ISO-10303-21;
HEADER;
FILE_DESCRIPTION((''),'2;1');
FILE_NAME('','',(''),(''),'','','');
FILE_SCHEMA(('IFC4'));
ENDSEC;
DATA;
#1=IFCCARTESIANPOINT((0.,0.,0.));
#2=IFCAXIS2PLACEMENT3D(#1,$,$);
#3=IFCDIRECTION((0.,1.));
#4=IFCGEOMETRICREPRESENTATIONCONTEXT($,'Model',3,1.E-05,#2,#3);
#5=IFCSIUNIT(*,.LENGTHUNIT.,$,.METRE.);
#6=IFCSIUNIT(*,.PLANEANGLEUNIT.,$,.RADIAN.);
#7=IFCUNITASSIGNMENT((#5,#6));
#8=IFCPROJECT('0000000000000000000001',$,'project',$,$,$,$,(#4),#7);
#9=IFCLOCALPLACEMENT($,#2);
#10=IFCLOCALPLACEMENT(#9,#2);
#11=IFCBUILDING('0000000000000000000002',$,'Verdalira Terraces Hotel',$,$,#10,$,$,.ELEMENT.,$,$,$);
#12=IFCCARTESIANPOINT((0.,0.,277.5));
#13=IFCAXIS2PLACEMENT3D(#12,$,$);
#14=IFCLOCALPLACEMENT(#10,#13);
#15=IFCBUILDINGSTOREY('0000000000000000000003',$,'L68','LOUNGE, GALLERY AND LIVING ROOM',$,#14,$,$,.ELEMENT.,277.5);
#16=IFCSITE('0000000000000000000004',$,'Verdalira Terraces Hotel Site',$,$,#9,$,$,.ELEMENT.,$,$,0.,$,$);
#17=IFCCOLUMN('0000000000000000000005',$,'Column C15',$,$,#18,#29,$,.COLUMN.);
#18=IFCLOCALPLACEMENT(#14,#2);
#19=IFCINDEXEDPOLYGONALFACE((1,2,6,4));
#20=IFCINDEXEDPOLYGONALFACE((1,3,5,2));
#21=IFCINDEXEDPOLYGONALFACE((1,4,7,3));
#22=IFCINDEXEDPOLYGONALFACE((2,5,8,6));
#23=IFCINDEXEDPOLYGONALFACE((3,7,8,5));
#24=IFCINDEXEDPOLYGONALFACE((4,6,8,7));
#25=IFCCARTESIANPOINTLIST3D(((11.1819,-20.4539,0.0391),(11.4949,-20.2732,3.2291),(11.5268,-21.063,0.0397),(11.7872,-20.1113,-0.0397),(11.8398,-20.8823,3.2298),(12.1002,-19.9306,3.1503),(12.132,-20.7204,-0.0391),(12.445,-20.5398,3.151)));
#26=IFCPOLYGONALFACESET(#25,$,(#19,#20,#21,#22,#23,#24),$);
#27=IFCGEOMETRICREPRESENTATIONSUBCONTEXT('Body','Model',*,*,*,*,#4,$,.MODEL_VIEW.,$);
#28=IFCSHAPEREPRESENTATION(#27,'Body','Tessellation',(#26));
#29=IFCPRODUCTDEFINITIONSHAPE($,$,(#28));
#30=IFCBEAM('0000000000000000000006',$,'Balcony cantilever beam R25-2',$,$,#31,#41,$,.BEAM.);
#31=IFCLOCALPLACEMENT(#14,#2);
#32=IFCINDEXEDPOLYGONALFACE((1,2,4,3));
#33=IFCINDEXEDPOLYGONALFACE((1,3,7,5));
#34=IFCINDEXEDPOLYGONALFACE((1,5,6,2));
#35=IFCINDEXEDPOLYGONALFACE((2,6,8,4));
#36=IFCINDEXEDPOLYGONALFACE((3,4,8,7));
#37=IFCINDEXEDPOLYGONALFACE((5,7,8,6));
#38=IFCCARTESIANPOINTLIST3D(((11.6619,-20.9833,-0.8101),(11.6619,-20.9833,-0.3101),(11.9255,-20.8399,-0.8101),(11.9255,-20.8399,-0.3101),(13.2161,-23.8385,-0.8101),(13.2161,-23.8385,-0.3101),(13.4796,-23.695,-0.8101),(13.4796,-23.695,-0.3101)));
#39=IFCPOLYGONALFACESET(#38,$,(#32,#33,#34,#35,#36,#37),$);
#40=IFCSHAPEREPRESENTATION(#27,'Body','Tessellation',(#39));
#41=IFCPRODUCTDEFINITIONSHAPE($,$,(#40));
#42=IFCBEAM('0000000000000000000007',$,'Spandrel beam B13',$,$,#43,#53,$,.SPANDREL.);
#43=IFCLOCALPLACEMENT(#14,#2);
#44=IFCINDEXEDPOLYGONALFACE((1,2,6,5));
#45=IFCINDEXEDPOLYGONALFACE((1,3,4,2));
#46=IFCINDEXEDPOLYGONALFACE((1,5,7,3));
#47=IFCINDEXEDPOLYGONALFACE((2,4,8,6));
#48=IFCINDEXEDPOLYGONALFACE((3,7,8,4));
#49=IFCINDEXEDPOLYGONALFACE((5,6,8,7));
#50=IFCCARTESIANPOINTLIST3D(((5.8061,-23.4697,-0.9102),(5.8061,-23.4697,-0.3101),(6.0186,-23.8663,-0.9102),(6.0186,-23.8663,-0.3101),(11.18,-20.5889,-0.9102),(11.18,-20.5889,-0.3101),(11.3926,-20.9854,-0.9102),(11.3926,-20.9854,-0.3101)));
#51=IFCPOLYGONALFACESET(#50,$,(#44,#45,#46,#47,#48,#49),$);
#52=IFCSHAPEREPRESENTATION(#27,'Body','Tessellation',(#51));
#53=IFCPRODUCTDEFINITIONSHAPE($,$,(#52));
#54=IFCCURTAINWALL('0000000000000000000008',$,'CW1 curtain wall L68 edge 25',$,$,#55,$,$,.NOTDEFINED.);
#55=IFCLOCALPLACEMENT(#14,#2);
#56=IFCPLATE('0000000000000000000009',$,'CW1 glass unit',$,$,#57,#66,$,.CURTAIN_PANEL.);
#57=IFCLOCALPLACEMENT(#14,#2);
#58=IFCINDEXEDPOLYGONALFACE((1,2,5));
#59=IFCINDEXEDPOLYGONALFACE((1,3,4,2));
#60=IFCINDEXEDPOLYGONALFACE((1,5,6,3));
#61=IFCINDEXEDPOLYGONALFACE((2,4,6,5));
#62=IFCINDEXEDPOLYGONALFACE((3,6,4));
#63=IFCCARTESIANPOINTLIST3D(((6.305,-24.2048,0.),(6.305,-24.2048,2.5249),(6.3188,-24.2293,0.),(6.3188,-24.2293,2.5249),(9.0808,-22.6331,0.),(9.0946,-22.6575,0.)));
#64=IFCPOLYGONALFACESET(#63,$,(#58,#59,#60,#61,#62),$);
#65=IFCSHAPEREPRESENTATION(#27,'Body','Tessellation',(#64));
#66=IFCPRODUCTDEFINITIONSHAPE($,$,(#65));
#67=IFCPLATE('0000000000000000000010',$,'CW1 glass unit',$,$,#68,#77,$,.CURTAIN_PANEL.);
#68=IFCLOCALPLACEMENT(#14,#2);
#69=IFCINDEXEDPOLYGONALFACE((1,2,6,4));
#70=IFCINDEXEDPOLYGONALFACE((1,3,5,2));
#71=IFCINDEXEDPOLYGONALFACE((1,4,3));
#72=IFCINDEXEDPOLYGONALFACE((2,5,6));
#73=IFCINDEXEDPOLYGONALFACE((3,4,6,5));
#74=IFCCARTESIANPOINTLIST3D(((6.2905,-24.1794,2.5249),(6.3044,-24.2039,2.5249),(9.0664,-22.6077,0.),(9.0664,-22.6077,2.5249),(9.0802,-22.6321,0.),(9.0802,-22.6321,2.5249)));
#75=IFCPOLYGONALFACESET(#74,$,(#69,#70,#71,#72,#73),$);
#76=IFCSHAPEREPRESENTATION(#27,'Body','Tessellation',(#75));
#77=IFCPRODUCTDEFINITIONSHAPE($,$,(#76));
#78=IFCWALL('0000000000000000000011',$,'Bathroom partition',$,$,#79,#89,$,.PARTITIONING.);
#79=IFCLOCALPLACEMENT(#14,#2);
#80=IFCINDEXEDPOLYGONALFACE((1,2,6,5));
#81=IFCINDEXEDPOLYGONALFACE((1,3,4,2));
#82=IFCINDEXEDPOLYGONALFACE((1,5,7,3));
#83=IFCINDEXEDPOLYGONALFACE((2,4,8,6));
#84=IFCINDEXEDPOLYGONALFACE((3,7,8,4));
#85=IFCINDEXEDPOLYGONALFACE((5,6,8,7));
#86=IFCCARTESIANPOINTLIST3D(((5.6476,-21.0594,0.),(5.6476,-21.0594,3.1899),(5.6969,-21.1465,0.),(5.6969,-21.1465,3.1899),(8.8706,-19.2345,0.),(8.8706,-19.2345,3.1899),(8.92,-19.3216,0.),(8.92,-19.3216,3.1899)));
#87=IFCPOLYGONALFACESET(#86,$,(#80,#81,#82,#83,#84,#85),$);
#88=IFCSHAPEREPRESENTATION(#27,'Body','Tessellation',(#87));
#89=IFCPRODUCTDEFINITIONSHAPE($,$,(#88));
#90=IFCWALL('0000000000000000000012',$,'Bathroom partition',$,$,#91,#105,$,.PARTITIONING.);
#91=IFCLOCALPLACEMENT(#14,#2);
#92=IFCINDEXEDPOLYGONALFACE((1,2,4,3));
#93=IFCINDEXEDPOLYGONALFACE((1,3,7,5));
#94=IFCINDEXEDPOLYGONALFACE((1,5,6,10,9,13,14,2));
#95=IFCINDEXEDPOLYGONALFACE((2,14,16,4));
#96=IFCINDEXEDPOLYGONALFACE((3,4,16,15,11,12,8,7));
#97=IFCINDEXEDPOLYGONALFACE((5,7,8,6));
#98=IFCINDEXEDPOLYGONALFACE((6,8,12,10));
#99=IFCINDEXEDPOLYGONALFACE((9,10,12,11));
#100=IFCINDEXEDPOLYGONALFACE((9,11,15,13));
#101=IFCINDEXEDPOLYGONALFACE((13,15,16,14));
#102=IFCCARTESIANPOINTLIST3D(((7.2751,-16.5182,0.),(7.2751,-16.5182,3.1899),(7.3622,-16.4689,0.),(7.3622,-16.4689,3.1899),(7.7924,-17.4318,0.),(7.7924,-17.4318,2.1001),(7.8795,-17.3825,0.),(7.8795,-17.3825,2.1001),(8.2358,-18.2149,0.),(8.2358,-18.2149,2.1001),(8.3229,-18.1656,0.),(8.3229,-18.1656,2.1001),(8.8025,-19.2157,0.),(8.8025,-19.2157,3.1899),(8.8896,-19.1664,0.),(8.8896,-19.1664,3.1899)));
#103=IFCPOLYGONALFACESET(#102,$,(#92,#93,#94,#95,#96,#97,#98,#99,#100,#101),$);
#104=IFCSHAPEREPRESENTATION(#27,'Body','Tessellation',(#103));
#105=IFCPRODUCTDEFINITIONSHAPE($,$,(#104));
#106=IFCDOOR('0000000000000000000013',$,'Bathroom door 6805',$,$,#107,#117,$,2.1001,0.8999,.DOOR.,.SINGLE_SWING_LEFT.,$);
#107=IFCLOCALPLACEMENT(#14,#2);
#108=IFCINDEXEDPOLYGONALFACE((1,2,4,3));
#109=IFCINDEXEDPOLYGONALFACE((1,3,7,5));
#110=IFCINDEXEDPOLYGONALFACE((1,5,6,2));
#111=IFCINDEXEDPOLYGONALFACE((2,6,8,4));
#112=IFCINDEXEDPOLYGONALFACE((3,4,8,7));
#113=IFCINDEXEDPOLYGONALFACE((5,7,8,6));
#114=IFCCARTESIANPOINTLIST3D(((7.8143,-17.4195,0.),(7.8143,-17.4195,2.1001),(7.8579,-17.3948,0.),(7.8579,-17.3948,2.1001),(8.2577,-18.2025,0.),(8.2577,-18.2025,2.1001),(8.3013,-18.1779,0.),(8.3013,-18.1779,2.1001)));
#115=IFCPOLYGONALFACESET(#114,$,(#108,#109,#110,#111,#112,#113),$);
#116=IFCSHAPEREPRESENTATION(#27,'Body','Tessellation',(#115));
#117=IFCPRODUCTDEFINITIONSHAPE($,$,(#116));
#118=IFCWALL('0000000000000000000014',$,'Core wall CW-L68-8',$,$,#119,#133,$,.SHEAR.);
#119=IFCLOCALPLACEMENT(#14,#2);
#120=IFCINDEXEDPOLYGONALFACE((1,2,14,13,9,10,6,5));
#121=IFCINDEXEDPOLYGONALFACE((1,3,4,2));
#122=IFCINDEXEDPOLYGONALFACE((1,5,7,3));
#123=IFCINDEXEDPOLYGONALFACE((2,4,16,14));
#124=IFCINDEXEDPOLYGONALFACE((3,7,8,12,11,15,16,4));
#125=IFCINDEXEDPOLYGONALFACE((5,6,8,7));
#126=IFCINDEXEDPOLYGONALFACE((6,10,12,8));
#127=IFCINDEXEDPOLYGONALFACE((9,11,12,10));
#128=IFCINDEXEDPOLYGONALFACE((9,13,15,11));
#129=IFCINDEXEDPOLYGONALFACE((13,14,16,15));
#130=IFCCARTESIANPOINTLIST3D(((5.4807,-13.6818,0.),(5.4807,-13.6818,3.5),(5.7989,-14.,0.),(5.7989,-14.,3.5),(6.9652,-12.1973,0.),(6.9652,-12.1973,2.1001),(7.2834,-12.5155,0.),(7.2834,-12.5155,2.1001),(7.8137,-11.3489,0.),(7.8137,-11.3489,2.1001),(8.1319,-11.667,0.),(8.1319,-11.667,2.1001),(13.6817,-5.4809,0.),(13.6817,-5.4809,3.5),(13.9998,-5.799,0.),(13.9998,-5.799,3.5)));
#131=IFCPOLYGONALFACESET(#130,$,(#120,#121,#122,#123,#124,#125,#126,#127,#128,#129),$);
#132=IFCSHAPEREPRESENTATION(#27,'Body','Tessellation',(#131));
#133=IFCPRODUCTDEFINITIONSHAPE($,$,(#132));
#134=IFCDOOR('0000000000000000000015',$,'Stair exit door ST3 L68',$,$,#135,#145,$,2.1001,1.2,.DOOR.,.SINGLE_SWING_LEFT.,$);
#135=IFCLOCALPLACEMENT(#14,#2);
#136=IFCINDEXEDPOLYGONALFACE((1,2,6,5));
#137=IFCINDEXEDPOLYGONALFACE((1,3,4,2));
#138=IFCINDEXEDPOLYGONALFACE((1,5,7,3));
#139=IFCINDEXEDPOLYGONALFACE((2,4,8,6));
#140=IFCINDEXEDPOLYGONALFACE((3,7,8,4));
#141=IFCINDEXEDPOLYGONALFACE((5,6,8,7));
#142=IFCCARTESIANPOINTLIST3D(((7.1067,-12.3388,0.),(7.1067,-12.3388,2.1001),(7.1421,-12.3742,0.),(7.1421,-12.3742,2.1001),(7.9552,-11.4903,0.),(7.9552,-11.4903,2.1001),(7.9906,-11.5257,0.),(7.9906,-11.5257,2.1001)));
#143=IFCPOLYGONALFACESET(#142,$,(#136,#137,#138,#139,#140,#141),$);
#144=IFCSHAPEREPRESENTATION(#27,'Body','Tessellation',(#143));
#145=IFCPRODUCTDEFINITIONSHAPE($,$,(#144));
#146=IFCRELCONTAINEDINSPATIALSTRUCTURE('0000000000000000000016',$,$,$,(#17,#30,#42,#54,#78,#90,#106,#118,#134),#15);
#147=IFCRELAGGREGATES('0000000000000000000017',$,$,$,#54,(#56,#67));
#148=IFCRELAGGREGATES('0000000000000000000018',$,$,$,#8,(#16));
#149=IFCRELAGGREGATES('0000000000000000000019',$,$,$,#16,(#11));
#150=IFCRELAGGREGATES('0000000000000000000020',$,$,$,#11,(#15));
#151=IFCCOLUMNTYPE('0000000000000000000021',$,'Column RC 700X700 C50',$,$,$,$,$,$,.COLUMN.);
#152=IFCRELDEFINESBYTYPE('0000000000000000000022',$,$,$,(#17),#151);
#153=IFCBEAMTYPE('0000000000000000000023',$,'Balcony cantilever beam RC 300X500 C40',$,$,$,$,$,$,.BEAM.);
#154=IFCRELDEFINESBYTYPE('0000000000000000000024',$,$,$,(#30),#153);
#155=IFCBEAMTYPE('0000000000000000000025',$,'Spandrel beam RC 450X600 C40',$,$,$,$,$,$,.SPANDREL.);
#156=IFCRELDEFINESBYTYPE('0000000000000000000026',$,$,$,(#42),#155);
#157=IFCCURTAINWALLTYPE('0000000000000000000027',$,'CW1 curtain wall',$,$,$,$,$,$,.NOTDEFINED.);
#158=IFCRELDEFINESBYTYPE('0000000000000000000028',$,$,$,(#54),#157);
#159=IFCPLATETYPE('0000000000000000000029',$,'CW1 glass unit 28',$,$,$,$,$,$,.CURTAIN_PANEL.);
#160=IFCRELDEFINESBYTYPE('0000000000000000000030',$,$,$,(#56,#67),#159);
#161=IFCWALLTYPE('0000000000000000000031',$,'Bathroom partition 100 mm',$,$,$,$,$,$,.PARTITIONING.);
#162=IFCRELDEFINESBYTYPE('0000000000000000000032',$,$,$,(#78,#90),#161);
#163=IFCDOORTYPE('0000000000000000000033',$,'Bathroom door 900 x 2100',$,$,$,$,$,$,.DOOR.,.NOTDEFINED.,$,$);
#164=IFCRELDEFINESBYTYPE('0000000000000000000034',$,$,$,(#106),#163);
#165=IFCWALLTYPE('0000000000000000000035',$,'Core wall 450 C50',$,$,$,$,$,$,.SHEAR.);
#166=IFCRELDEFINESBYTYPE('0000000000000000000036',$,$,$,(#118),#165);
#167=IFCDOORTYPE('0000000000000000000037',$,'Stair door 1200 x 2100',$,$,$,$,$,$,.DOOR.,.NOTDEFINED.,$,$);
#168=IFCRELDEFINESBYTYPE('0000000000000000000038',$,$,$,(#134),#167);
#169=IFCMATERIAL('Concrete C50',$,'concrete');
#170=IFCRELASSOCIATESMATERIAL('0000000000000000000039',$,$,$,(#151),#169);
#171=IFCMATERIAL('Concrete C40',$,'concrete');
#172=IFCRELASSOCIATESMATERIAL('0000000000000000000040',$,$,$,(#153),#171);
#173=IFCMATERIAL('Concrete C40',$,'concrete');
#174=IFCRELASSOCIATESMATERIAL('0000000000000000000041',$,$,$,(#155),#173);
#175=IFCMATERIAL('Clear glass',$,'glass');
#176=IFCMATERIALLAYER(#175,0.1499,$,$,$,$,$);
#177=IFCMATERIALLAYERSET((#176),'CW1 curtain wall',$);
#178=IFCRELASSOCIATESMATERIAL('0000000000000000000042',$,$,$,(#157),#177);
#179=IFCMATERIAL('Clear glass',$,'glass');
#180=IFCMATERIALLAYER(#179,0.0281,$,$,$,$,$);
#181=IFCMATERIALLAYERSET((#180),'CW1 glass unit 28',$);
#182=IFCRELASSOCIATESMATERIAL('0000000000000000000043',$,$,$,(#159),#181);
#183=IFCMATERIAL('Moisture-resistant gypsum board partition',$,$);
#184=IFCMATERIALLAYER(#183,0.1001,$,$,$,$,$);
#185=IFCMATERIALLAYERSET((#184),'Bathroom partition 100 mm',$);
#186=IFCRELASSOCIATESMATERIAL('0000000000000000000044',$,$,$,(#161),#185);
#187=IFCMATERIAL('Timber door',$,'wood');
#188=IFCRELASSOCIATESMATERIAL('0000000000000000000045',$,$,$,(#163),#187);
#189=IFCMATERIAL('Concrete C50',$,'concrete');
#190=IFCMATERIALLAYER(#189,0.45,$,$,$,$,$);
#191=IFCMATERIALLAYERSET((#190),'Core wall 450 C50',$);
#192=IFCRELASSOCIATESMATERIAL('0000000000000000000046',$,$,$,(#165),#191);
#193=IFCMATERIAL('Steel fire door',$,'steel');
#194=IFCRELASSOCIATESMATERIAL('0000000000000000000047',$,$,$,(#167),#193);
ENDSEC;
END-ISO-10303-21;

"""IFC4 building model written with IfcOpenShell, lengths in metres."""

from ifc_helpers import new_model, si_unit, direction, frame, frame_2d, origin, origin_2d, place, context, subcontext, project, spatial, polyline, rectangle, outline, extrude, material, layer, layer_set, material_profile, profile_set, type_object, element, fill, aggregate, save


model = new_model("IFC4")

# Units and contexts
model_context = context("Model", 3, precision=1e-05, world=origin(), true_north=direction((0.0, 1.0)))
body_context = subcontext(model_context, "Body", "Model", "MODEL_VIEW")
ifc_project = project(units=[si_unit("LENGTHUNIT", "METRE"), si_unit("PLANEANGLEUNIT", "RADIAN")], contexts=[model_context])

# Site, building, storey
site_placement = place(None, origin())
site = spatial("IfcSite", under=ifc_project, at=site_placement, Name="Verdalira Terraces Hotel Site", CompositionType="ELEMENT", RefElevation=0.0)
building_placement = place(site_placement, origin())
building = spatial("IfcBuilding", under=site, at=building_placement, Name="Verdalira Terraces Hotel", CompositionType="ELEMENT")
storey_placement = place(building_placement, frame((0.0, 0.0, 277.5)))
storey = spatial("IfcBuildingStorey", under=building, at=storey_placement, Name="L68", Description="LOUNGE, GALLERY AND LIVING ROOM", CompositionType="ELEMENT", Elevation=277.5)

# Column
ifc_material_1 = material(Name="Concrete C50", Category="concrete")
ifc_material_profile_1 = material_profile(ifc_material_1, rectangle(XDim=0.7, YDim=0.7, at=origin_2d()), Name="RC 700X700")
ifc_profile_set_1 = profile_set([ifc_material_profile_1], Name="Concrete C50")
column_type = type_object("IfcColumnType", Name="Column RC 700X700 C50", PredefinedType="COLUMN", material=ifc_profile_set_1)
column_placement = place(storey_placement, frame((11.657, -20.5872, 0.0), z_axis=(0.097494, 0.056276, 0.993644), x_axis=(0.864753, 0.48942, -0.112566)))
element("IfcColumn", 1, at=column_placement, inside=storey, type_object=column_type, Name="Column C15", PredefinedType="COLUMN", context=body_context, shape_type="SweptSolid", body=[
    extrude(rectangle(XDim=0.7, YDim=0.7, at=origin_2d()), origin(), (0.0, 0.0, 1.0), 3.2104),
])

# Beams
ifc_material_2 = material(Name="Concrete C40", Category="concrete")
ifc_material_profile_2 = material_profile(ifc_material_2, rectangle(XDim=0.3, YDim=0.5, at=origin_2d()), Name="RC 300X500")
ifc_profile_set_2 = profile_set([ifc_material_profile_2], Name="Concrete C40")
beam_type_1 = type_object("IfcBeamType", Name="Balcony cantilever beam RC 300X500 C40", PredefinedType="BEAM", material=ifc_profile_set_2)
beam_1_placement = place(storey_placement, frame((11.7937, -20.9116, -0.5601), z_axis=(0.478094, -0.878309, 0.0), x_axis=(0.878309, 0.478094, 0.0)))
element("IfcBeam", 2, at=beam_1_placement, inside=storey, type_object=beam_type_1, Name="Balcony cantilever beam R25-2", PredefinedType="BEAM", context=body_context, shape_type="SweptSolid", body=[
    extrude(rectangle(XDim=0.3, YDim=0.5, at=origin_2d()), origin(), (0.0, 0.0, 1.0), 3.2507),
])
ifc_material_3 = material(Name="Concrete C40", Category="concrete")
ifc_material_profile_3 = material_profile(ifc_material_3, rectangle(XDim=0.45, YDim=0.6001, at=origin_2d()), Name="RC 450X600")
ifc_profile_set_3 = profile_set([ifc_material_profile_3], Name="Concrete C40")
beam_type_2 = type_object("IfcBeamType", Name="Spandrel beam RC 450X600 C40", PredefinedType="SPANDREL", material=ifc_profile_set_3)
beam_2_placement = place(storey_placement, frame((5.9124, -23.668, -0.6101), z_axis=(0.881349, 0.472466, 0.0), x_axis=(-0.472466, 0.881349, 0.0)))
element("IfcBeam", 3, at=beam_2_placement, inside=storey, type_object=beam_type_2, Name="Spandrel beam B13", PredefinedType="SPANDREL", context=body_context, shape_type="SweptSolid", body=[
    extrude(rectangle(XDim=0.45, YDim=0.6001, at=origin_2d()), origin(), (0.0, 0.0, 1.0), 6.0974),
])

# Curtain wall, plates
ifc_material_4 = material(Name="Clear glass", Category="glass")
ifc_layer_1 = layer(ifc_material_4, 0.1499)
ifc_layer_set_1 = layer_set([ifc_layer_1], Name="CW1 curtain wall")
curtain_wall_type = type_object("IfcCurtainWallType", Name="CW1 curtain wall", PredefinedType="NOTDEFINED", material=ifc_layer_set_1)
curtain_wall_placement = place(storey_placement, origin())
curtain_wall = element("IfcCurtainWall", 4, at=curtain_wall_placement, inside=storey, type_object=curtain_wall_type, Name="CW1 curtain wall L68 edge 25", PredefinedType="NOTDEFINED")
ifc_material_5 = material(Name="Clear glass", Category="glass")
ifc_layer_2 = layer(ifc_material_5, 0.0281)
ifc_layer_set_2 = layer_set([ifc_layer_2], Name="CW1 glass unit 28")
plate_type = type_object("IfcPlateType", Name="CW1 glass unit 28", PredefinedType="CURTAIN_PANEL", material=ifc_layer_set_2)
plate_1_placement = place(storey_placement, frame((7.6929, -23.4189, 1.2625), z_axis=(0.492727, -0.870184, 0.0), x_axis=(0.870184, 0.492727, 0.0)))
plate_1 = element("IfcPlate", 5, at=plate_1_placement, type_object=plate_type, Name="CW1 glass unit", PredefinedType="CURTAIN_PANEL", context=body_context, shape_type="SweptSolid", body=[
    extrude(outline(polyline([(-1.595, -1.2625), (1.595, -1.2625), (-1.595, 1.2625), (-1.595, -1.2625)])), origin(), (0.0, 0.0, 1.0), 0.0281),
])
plate_2_placement = place(storey_placement, frame((7.6785, -23.3936, 1.2625), z_axis=(0.492727, -0.870184, 0.0), x_axis=(0.870184, 0.492727, 0.0)))
plate_2 = element("IfcPlate", 6, at=plate_2_placement, type_object=plate_type, Name="CW1 glass unit", PredefinedType="CURTAIN_PANEL", context=body_context, shape_type="SweptSolid", body=[
    extrude(outline(polyline([(1.595, -1.2625), (1.595, 1.2625), (-1.595, 1.2625), (1.595, -1.2625)])), origin(), (0.0, 0.0, 1.0), 0.0281),
])
aggregate(curtain_wall, [plate_1, plate_2])

# Wall
ifc_material_6 = material(Name="Moisture-resistant gypsum board partition")
ifc_layer_3 = layer(ifc_material_6, 0.1001)
ifc_layer_set_3 = layer_set([ifc_layer_3], Name="Bathroom partition 100 mm")
wall_type_1 = type_object("IfcWallType", Name="Bathroom partition 100 mm", PredefinedType="PARTITIONING", material=ifc_layer_set_3)
wall_1_placement = place(storey_placement, frame((5.6721, -21.103, 0.0), z_axis=(0.0, 0.0, 1.0), x_axis=(0.870196, 0.492707, 0.0)))
element("IfcWall", 7, at=wall_1_placement, inside=storey, type_object=wall_type_1, Name="Bathroom partition", PredefinedType="PARTITIONING", context=body_context, shape_type="SweptSolid", body=[
    extrude(rectangle(XDim=3.7039, YDim=0.1001, at=frame_2d((1.8521, 0.0))), origin(), (0.0, 0.0, 1.0), 3.1899),
])

# Walls, openings, doors
wall_2_placement = place(storey_placement, frame((8.8459, -19.1909, 0.0), z_axis=(0.0, 0.0, 1.0), x_axis=(-0.492709, 0.870194, 0.0)))
wall_2 = element("IfcWall", 8, at=wall_2_placement, inside=storey, type_object=wall_type_1, Name="Bathroom partition", PredefinedType="PARTITIONING", context=body_context, shape_type="SweptSolid", body=[
    extrude(rectangle(XDim=3.0999, YDim=0.1001, at=frame_2d((1.5498, 0.0))), origin(), (0.0, 0.0, 1.0), 3.1899),
])
opening_1_placement = place(wall_2_placement, frame((1.1499, 0.0, 0.0)))
opening_1 = element("IfcOpeningElement", 9, at=opening_1_placement, cuts=wall_2, PredefinedType="OPENING", context=body_context, shape_type="SweptSolid", body=[
    extrude(rectangle(XDim=0.8999, YDim=2.1001, at=frame_2d((0.45, 1.05))), frame((0.0, 0.0601, 0.0), z_axis=(0.0, -1.0, 0.0), x_axis=(1.0, 0.0, 0.0)), (0.0, 0.0, 1.0), 0.1201),
])
ifc_material_7 = material(Name="Timber door", Category="wood")
door_type_1 = type_object("IfcDoorType", Name="Bathroom door 900 x 2100", OperationType="NOTDEFINED", PredefinedType="DOOR", material=ifc_material_7)
door_1_placement = place(opening_1_placement, origin())
door_1 = element("IfcDoor", 10, at=door_1_placement, inside=storey, type_object=door_type_1, Name="Bathroom door 6805", OperationType="SINGLE_SWING_LEFT", OverallHeight=2.1001, OverallWidth=0.8999, PredefinedType="DOOR", context=body_context, shape_type="SweptSolid", body=[
    extrude(rectangle(XDim=0.8999, YDim=2.1001, at=frame_2d((0.45, 1.05))), frame((0.0, 0.0249, 0.0), z_axis=(0.0, -1.0, 0.0), x_axis=(1.0, 0.0, 0.0)), (0.0, 0.0, 1.0), 0.05),
])
fill(opening_1, door_1)
ifc_material_8 = material(Name="Concrete C50", Category="concrete")
ifc_layer_4 = layer(ifc_material_8, 0.45)
ifc_layer_set_4 = layer_set([ifc_layer_4], Name="Core wall 450 C50")
wall_type_2 = type_object("IfcWallType", Name="Core wall 450 C50", PredefinedType="SHEAR", material=ifc_layer_set_4)
wall_3_placement = place(storey_placement, frame((5.6399, -13.8408, 0.0), z_axis=(0.0, 0.0, 1.0), x_axis=(0.707107, 0.707107, 0.0)))
wall_3 = element("IfcWall", 11, at=wall_3_placement, inside=storey, type_object=wall_type_2, Name="Core wall CW-L68-8", PredefinedType="SHEAR", context=body_context, shape_type="SweptSolid", body=[
    extrude(rectangle(XDim=11.5979, YDim=0.45, at=frame_2d((5.7988, 0.0))), origin(), (0.0, 0.0, 1.0), 3.5),
])
opening_2_placement = place(wall_3_placement, frame((2.0991, 0.0, 0.0)))
opening_2 = element("IfcOpeningElement", 12, at=opening_2_placement, cuts=wall_3, PredefinedType="OPENING", context=body_context, shape_type="SweptSolid", body=[
    extrude(rectangle(XDim=1.2, YDim=2.1001, at=frame_2d((0.6001, 1.05))), frame((0.0, 0.2349, 0.0), z_axis=(0.0, -1.0, 0.0), x_axis=(1.0, 0.0, 0.0)), (0.0, 0.0, 1.0), 0.47),
])
ifc_material_9 = material(Name="Steel fire door", Category="steel")
door_type_2 = type_object("IfcDoorType", Name="Stair door 1200 x 2100", OperationType="NOTDEFINED", PredefinedType="DOOR", material=ifc_material_9)
door_2_placement = place(opening_2_placement, origin())
door_2 = element("IfcDoor", 13, at=door_2_placement, inside=storey, type_object=door_type_2, Name="Stair exit door ST3 L68", OperationType="SINGLE_SWING_LEFT", OverallHeight=2.1001, OverallWidth=1.2, PredefinedType="DOOR", context=body_context, shape_type="SweptSolid", body=[
    extrude(rectangle(XDim=1.2, YDim=2.1001, at=frame_2d((0.6001, 1.05))), frame((0.0, 0.0249, 0.0), z_axis=(0.0, -1.0, 0.0), x_axis=(1.0, 0.0, 0.0)), (0.0, 0.0, 1.0), 0.05),
])
fill(opening_2, door_2)

save(model, "model.ifc")
